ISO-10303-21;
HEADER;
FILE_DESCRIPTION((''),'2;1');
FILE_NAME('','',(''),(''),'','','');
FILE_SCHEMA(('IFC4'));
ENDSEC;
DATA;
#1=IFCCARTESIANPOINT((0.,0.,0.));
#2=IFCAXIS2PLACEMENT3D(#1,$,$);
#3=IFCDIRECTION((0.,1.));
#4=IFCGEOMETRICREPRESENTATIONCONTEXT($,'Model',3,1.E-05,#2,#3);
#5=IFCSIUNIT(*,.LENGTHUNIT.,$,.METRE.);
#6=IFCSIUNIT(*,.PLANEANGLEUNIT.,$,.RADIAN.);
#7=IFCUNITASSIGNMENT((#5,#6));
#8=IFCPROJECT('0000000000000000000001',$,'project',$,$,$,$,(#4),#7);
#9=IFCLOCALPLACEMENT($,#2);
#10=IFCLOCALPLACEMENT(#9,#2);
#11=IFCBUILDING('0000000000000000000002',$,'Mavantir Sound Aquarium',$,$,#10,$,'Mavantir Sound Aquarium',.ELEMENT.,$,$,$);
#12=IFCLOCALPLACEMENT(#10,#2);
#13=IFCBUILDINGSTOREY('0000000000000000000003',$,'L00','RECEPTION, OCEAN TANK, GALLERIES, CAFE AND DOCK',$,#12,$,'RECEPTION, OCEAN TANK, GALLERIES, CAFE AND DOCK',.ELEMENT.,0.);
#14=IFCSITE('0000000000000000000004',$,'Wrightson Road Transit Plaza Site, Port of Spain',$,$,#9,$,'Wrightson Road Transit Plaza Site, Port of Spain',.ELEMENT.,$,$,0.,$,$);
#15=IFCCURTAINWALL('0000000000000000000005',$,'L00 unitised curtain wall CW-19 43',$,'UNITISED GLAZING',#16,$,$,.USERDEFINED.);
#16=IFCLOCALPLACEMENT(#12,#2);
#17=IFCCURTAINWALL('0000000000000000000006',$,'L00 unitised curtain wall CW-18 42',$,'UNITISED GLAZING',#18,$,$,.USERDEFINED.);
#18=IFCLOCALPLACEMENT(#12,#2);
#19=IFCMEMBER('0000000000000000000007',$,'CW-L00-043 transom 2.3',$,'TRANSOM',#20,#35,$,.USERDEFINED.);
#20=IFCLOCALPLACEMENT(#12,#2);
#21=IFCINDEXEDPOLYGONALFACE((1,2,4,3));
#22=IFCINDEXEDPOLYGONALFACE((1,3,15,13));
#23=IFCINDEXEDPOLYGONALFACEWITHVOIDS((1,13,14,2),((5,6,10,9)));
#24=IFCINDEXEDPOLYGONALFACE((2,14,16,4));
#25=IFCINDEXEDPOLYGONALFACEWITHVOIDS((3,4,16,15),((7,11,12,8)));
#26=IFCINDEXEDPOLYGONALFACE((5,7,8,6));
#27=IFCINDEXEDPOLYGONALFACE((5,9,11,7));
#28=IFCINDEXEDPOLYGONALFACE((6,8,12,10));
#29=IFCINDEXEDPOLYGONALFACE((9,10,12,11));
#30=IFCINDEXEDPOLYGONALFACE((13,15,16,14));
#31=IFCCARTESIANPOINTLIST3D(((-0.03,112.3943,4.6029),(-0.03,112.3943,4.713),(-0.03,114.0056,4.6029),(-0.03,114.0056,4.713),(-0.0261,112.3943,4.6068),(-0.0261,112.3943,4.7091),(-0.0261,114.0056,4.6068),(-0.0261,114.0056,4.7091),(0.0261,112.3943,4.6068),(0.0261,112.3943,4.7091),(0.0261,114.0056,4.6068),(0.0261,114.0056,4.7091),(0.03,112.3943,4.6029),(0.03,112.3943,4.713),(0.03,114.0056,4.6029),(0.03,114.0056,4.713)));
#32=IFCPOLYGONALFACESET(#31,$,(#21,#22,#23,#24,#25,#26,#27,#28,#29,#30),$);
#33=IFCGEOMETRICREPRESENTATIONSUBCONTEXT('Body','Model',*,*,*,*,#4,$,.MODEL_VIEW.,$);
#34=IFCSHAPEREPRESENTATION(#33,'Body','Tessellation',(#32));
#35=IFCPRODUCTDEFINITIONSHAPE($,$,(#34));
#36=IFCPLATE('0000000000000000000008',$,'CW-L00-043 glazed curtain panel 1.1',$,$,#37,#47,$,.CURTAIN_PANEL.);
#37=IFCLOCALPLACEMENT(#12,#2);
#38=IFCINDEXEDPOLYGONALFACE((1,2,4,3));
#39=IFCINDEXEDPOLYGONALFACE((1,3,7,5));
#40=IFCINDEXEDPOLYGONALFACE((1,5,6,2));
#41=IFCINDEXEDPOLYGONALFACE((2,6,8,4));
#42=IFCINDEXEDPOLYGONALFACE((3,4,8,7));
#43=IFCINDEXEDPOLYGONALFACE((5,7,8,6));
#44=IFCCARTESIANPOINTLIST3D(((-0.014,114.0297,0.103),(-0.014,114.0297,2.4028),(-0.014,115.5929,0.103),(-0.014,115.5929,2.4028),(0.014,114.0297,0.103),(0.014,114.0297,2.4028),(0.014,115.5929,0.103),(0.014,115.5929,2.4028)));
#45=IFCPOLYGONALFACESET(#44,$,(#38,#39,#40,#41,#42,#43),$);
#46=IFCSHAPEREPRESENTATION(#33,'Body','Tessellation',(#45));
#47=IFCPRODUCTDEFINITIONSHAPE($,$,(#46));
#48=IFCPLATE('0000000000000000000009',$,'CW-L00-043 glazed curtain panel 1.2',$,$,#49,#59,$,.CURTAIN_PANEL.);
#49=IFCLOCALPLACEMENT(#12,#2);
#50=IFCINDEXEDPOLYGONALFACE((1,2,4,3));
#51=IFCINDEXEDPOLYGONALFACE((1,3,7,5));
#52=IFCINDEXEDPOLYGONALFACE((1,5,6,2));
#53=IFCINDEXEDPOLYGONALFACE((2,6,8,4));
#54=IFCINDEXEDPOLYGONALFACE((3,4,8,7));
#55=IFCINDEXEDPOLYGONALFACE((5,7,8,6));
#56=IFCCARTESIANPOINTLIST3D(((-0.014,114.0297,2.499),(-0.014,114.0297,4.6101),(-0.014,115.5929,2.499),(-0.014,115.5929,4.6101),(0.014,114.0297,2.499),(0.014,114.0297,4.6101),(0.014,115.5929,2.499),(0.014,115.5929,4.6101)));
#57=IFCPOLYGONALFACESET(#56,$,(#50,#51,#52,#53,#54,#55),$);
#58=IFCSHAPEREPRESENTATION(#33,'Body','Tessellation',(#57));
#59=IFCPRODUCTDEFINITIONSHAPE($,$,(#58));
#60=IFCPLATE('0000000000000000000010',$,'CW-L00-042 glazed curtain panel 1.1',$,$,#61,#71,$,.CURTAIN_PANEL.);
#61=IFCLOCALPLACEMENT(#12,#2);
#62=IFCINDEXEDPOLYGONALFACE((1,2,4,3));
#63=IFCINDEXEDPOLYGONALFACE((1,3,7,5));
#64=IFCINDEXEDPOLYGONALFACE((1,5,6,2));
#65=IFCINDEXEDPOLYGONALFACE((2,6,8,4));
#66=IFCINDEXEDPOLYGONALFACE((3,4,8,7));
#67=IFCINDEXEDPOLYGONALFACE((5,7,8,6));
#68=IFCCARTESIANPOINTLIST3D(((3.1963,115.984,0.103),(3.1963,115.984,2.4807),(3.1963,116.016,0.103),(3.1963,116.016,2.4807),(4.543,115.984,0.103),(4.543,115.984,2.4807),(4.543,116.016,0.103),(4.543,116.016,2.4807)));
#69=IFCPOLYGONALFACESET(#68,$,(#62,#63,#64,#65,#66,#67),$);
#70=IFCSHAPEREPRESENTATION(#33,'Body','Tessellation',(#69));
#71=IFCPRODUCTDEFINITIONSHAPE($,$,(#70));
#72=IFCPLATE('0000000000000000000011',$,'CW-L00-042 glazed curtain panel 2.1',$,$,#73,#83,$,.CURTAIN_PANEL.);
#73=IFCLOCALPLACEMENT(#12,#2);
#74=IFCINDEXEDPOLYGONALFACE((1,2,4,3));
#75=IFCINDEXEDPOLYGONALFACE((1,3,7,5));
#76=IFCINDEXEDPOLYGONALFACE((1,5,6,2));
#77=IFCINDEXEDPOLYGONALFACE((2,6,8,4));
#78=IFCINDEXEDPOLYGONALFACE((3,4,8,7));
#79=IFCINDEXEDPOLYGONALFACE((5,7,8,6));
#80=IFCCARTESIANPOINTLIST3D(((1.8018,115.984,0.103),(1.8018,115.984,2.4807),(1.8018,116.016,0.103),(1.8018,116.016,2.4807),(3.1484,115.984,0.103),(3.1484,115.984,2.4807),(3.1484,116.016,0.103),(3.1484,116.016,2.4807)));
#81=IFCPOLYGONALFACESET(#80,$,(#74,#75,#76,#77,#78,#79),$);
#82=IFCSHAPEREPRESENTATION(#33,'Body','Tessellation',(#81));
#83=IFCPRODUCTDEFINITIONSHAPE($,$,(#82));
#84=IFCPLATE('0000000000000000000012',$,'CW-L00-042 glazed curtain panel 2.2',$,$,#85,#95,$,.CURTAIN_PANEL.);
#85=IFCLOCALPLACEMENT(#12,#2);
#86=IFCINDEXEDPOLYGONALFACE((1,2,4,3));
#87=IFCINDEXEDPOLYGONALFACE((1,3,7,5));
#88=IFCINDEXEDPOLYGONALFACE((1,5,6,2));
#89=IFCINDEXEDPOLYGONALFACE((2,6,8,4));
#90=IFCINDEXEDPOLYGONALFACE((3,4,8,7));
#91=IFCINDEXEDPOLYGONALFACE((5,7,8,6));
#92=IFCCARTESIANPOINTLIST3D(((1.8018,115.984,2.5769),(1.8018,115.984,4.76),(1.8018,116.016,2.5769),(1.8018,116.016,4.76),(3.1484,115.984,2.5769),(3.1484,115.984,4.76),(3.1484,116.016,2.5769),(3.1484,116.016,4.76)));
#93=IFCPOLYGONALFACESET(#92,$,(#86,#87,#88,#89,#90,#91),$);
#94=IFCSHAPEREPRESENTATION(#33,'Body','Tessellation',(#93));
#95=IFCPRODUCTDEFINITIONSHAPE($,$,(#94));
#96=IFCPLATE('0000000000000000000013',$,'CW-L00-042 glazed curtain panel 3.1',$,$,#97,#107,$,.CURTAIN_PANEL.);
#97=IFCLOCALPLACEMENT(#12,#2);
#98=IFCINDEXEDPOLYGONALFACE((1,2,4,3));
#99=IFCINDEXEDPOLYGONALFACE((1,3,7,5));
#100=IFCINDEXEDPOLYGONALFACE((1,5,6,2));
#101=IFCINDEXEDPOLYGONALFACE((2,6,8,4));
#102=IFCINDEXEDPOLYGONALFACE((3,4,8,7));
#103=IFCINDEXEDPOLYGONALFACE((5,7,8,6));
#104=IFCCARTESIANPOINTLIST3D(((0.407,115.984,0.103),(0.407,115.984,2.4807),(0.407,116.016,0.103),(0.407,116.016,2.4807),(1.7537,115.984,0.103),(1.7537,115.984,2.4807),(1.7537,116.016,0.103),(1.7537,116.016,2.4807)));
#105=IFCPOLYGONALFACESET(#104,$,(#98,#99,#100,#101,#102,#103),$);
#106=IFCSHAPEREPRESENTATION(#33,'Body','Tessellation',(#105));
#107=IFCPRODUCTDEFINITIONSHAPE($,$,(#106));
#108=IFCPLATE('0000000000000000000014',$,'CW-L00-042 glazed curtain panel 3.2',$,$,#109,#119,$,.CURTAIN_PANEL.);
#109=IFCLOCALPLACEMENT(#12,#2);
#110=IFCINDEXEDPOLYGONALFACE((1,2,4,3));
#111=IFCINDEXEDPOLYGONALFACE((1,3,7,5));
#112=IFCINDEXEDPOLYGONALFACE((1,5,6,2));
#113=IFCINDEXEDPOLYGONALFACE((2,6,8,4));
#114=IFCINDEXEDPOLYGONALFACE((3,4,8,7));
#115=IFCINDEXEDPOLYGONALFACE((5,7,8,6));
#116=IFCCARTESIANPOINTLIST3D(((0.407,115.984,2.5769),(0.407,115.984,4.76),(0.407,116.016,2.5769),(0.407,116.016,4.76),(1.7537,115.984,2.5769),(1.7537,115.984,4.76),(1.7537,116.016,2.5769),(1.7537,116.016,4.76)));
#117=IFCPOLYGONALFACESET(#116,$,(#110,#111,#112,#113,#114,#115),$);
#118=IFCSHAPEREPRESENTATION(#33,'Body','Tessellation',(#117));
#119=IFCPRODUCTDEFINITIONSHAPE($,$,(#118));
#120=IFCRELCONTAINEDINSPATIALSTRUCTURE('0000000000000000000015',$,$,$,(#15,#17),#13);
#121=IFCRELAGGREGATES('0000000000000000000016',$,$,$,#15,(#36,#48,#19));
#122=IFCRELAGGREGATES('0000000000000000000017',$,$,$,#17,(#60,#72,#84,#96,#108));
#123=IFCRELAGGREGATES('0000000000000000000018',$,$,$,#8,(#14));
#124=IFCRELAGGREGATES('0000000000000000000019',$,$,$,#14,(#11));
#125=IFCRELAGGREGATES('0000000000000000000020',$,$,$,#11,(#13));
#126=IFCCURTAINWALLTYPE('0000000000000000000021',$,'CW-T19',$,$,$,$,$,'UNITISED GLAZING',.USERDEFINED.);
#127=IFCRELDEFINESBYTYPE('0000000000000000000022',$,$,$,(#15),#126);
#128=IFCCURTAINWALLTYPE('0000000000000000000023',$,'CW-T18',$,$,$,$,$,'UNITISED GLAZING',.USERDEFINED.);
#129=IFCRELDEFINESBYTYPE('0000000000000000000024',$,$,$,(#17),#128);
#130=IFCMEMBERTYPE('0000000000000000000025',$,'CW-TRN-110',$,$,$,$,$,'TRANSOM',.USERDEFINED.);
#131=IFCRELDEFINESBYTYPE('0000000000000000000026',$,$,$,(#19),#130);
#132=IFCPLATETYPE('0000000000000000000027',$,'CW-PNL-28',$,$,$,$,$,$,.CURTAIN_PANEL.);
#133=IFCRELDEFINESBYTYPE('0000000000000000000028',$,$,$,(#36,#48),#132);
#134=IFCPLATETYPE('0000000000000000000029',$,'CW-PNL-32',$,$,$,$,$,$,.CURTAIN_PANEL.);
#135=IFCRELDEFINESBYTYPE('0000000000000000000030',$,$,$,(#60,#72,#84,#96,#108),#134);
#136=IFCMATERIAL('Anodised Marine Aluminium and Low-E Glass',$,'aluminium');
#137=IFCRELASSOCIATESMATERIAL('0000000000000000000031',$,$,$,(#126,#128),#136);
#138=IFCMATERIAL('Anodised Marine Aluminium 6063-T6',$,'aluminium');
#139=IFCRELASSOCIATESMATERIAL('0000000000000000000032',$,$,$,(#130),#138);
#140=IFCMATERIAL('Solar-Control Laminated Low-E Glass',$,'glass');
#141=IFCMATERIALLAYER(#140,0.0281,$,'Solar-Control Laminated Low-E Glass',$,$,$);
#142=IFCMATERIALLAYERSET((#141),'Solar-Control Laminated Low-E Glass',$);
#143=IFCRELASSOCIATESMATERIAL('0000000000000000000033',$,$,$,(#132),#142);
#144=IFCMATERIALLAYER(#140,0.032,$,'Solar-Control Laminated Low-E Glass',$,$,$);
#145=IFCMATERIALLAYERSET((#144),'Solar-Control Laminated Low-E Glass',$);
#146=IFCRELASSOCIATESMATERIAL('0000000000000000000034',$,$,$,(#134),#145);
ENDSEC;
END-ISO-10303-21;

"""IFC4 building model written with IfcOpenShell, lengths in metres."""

from ifc_helpers import new_model, si_unit, direction, frame, origin, origin_2d, place, context, subcontext, project, spatial, rectangle, hollow_rectangle, extrude, material, layer, layer_set, material_profile, profile_set, type_object, element, aggregate, save


model = new_model("IFC4")

# Units and contexts
model_context = context("Model", 3, precision=1e-05, world=origin(), true_north=direction((0.0, 1.0)))
body_context = subcontext(model_context, "Body", "Model", "MODEL_VIEW")
ifc_project = project(units=[si_unit("LENGTHUNIT", "METRE"), si_unit("PLANEANGLEUNIT", "RADIAN")], contexts=[model_context])

# Site, building, storey
site_placement = place(None, origin())
site = spatial("IfcSite", under=ifc_project, at=site_placement, Name="Wrightson Road Transit Plaza Site, Port of Spain", LongName="Wrightson Road Transit Plaza Site, Port of Spain", CompositionType="ELEMENT", RefElevation=0.0)
building_placement = place(site_placement, origin())
building = spatial("IfcBuilding", under=site, at=building_placement, Name="Mavantir Sound Aquarium", LongName="Mavantir Sound Aquarium", CompositionType="ELEMENT")
storey_placement = place(building_placement, origin())
storey = spatial("IfcBuildingStorey", under=building, at=storey_placement, Name="L00", Description="RECEPTION, OCEAN TANK, GALLERIES, CAFE AND DOCK", LongName="RECEPTION, OCEAN TANK, GALLERIES, CAFE AND DOCK", CompositionType="ELEMENT", Elevation=0.0)

# Curtain wall
ifc_material_1 = material(Name="Anodised Marine Aluminium and Low-E Glass", Category="aluminium")
curtain_wall_type_1 = type_object("IfcCurtainWallType", Name="CW-T19", ElementType="UNITISED GLAZING", PredefinedType="USERDEFINED", material=ifc_material_1)
curtain_wall_1_placement = place(storey_placement, origin())
curtain_wall_1 = element("IfcCurtainWall", 1, at=curtain_wall_1_placement, inside=storey, type_object=curtain_wall_type_1, Name="L00 unitised curtain wall CW-19 43", ObjectType="UNITISED GLAZING", PredefinedType="USERDEFINED")
ifc_material_2 = material(Name="Anodised Marine Aluminium 6063-T6", Category="aluminium")

# Curtain wall
curtain_wall_type_2 = type_object("IfcCurtainWallType", Name="CW-T18", ElementType="UNITISED GLAZING", PredefinedType="USERDEFINED", material=ifc_material_1)
curtain_wall_2_placement = place(storey_placement, origin())
curtain_wall_2 = element("IfcCurtainWall", 2, at=curtain_wall_2_placement, inside=storey, type_object=curtain_wall_type_2, Name="L00 unitised curtain wall CW-18 42", ObjectType="UNITISED GLAZING", PredefinedType="USERDEFINED")
ifc_material_profile_1 = material_profile(ifc_material_2, hollow_rectangle(XDim=0.0601, YDim=0.1101, WallThickness=0.0039, at=origin_2d()), Name="ALU-TRANSOM-110X60")
ifc_profile_set_1 = profile_set([ifc_material_profile_1], Name="Anodised Marine Aluminium 6063-T6")
member_type_1 = type_object("IfcMemberType", Name="CW-TRN-110", ElementType="TRANSOM", PredefinedType="USERDEFINED", material=ifc_profile_set_1)

# Member
member_1_placement = place(storey_placement, frame((0.0, 114.0056, 4.658), z_axis=(0.0, -1.0, 0.0), x_axis=(1.0, 0.0, 0.0)))
member_1 = element("IfcMember", 3, at=member_1_placement, type_object=member_type_1, Name="CW-L00-043 transom 2.3", ObjectType="TRANSOM", PredefinedType="USERDEFINED", context=body_context, shape_type="SweptSolid", body=[
    extrude(hollow_rectangle(XDim=0.0601, YDim=0.1101, WallThickness=0.0039, at=origin_2d()), origin(), (0.0, 0.0, 1.0), 1.6113),
])

# Plates
ifc_material_3 = material(Name="Solar-Control Laminated Low-E Glass", Category="glass")
ifc_layer_1 = layer(ifc_material_3, 0.0281, Name="Solar-Control Laminated Low-E Glass")
ifc_layer_set_1 = layer_set([ifc_layer_1], Name="Solar-Control Laminated Low-E Glass")
plate_type_1 = type_object("IfcPlateType", Name="CW-PNL-28", PredefinedType="CURTAIN_PANEL", material=ifc_layer_set_1)
plate_1_placement = place(storey_placement, frame((0.0, 114.8113, 0.103), z_axis=(0.0, 0.0, 1.0), x_axis=(0.0, -1.0, 0.0)))
plate_1 = element("IfcPlate", 4, at=plate_1_placement, type_object=plate_type_1, Name="CW-L00-043 glazed curtain panel 1.1", PredefinedType="CURTAIN_PANEL", context=body_context, shape_type="SweptSolid", body=[
    extrude(rectangle(XDim=1.5632, YDim=0.0281, at=origin_2d()), origin(), (0.0, 0.0, 1.0), 2.2998),
])
plate_2_placement = place(storey_placement, frame((0.0, 114.8113, 2.499), z_axis=(0.0, 0.0, 1.0), x_axis=(0.0, -1.0, 0.0)))
plate_2 = element("IfcPlate", 5, at=plate_2_placement, type_object=plate_type_1, Name="CW-L00-043 glazed curtain panel 1.2", PredefinedType="CURTAIN_PANEL", context=body_context, shape_type="SweptSolid", body=[
    extrude(rectangle(XDim=1.5632, YDim=0.0281, at=origin_2d()), origin(), (0.0, 0.0, 1.0), 2.1111),
])
aggregate(curtain_wall_1, [plate_1, plate_2, member_1])
ifc_layer_2 = layer(ifc_material_3, 0.032, Name="Solar-Control Laminated Low-E Glass")
ifc_layer_set_2 = layer_set([ifc_layer_2], Name="Solar-Control Laminated Low-E Glass")
plate_type_2 = type_object("IfcPlateType", Name="CW-PNL-32", PredefinedType="CURTAIN_PANEL", material=ifc_layer_set_2)
plate_3_placement = place(storey_placement, frame((3.8696, 116.0, 0.103), z_axis=(0.0, 0.0, 1.0), x_axis=(-1.0, 0.0, 0.0)))
plate_3 = element("IfcPlate", 6, at=plate_3_placement, type_object=plate_type_2, Name="CW-L00-042 glazed curtain panel 1.1", PredefinedType="CURTAIN_PANEL", context=body_context, shape_type="SweptSolid", body=[
    extrude(rectangle(XDim=1.3467, YDim=0.032, at=origin_2d()), origin(), (0.0, 0.0, 1.0), 2.3777),
])
plate_4_placement = place(storey_placement, frame((2.4751, 116.0, 0.103), z_axis=(0.0, 0.0, 1.0), x_axis=(-1.0, 0.0, 0.0)))
plate_4 = element("IfcPlate", 7, at=plate_4_placement, type_object=plate_type_2, Name="CW-L00-042 glazed curtain panel 2.1", PredefinedType="CURTAIN_PANEL", context=body_context, shape_type="SweptSolid", body=[
    extrude(rectangle(XDim=1.3467, YDim=0.032, at=origin_2d()), origin(), (0.0, 0.0, 1.0), 2.3777),
])
plate_5_placement = place(storey_placement, frame((2.4751, 116.0, 2.5769), z_axis=(0.0, 0.0, 1.0), x_axis=(-1.0, 0.0, 0.0)))
plate_5 = element("IfcPlate", 8, at=plate_5_placement, type_object=plate_type_2, Name="CW-L00-042 glazed curtain panel 2.2", PredefinedType="CURTAIN_PANEL", context=body_context, shape_type="SweptSolid", body=[
    extrude(rectangle(XDim=1.3467, YDim=0.032, at=origin_2d()), origin(), (0.0, 0.0, 1.0), 2.1831),
])
plate_6_placement = place(storey_placement, frame((1.0803, 116.0, 0.103), z_axis=(0.0, 0.0, 1.0), x_axis=(-1.0, 0.0, 0.0)))
plate_6 = element("IfcPlate", 9, at=plate_6_placement, type_object=plate_type_2, Name="CW-L00-042 glazed curtain panel 3.1", PredefinedType="CURTAIN_PANEL", context=body_context, shape_type="SweptSolid", body=[
    extrude(rectangle(XDim=1.3467, YDim=0.032, at=origin_2d()), origin(), (0.0, 0.0, 1.0), 2.3777),
])
plate_7_placement = place(storey_placement, frame((1.0803, 116.0, 2.5769), z_axis=(0.0, 0.0, 1.0), x_axis=(-1.0, 0.0, 0.0)))
plate_7 = element("IfcPlate", 10, at=plate_7_placement, type_object=plate_type_2, Name="CW-L00-042 glazed curtain panel 3.2", PredefinedType="CURTAIN_PANEL", context=body_context, shape_type="SweptSolid", body=[
    extrude(rectangle(XDim=1.3467, YDim=0.032, at=origin_2d()), origin(), (0.0, 0.0, 1.0), 2.1831),
])
aggregate(curtain_wall_2, [plate_3, plate_4, plate_5, plate_6, plate_7])

save(model, "model.ifc")
